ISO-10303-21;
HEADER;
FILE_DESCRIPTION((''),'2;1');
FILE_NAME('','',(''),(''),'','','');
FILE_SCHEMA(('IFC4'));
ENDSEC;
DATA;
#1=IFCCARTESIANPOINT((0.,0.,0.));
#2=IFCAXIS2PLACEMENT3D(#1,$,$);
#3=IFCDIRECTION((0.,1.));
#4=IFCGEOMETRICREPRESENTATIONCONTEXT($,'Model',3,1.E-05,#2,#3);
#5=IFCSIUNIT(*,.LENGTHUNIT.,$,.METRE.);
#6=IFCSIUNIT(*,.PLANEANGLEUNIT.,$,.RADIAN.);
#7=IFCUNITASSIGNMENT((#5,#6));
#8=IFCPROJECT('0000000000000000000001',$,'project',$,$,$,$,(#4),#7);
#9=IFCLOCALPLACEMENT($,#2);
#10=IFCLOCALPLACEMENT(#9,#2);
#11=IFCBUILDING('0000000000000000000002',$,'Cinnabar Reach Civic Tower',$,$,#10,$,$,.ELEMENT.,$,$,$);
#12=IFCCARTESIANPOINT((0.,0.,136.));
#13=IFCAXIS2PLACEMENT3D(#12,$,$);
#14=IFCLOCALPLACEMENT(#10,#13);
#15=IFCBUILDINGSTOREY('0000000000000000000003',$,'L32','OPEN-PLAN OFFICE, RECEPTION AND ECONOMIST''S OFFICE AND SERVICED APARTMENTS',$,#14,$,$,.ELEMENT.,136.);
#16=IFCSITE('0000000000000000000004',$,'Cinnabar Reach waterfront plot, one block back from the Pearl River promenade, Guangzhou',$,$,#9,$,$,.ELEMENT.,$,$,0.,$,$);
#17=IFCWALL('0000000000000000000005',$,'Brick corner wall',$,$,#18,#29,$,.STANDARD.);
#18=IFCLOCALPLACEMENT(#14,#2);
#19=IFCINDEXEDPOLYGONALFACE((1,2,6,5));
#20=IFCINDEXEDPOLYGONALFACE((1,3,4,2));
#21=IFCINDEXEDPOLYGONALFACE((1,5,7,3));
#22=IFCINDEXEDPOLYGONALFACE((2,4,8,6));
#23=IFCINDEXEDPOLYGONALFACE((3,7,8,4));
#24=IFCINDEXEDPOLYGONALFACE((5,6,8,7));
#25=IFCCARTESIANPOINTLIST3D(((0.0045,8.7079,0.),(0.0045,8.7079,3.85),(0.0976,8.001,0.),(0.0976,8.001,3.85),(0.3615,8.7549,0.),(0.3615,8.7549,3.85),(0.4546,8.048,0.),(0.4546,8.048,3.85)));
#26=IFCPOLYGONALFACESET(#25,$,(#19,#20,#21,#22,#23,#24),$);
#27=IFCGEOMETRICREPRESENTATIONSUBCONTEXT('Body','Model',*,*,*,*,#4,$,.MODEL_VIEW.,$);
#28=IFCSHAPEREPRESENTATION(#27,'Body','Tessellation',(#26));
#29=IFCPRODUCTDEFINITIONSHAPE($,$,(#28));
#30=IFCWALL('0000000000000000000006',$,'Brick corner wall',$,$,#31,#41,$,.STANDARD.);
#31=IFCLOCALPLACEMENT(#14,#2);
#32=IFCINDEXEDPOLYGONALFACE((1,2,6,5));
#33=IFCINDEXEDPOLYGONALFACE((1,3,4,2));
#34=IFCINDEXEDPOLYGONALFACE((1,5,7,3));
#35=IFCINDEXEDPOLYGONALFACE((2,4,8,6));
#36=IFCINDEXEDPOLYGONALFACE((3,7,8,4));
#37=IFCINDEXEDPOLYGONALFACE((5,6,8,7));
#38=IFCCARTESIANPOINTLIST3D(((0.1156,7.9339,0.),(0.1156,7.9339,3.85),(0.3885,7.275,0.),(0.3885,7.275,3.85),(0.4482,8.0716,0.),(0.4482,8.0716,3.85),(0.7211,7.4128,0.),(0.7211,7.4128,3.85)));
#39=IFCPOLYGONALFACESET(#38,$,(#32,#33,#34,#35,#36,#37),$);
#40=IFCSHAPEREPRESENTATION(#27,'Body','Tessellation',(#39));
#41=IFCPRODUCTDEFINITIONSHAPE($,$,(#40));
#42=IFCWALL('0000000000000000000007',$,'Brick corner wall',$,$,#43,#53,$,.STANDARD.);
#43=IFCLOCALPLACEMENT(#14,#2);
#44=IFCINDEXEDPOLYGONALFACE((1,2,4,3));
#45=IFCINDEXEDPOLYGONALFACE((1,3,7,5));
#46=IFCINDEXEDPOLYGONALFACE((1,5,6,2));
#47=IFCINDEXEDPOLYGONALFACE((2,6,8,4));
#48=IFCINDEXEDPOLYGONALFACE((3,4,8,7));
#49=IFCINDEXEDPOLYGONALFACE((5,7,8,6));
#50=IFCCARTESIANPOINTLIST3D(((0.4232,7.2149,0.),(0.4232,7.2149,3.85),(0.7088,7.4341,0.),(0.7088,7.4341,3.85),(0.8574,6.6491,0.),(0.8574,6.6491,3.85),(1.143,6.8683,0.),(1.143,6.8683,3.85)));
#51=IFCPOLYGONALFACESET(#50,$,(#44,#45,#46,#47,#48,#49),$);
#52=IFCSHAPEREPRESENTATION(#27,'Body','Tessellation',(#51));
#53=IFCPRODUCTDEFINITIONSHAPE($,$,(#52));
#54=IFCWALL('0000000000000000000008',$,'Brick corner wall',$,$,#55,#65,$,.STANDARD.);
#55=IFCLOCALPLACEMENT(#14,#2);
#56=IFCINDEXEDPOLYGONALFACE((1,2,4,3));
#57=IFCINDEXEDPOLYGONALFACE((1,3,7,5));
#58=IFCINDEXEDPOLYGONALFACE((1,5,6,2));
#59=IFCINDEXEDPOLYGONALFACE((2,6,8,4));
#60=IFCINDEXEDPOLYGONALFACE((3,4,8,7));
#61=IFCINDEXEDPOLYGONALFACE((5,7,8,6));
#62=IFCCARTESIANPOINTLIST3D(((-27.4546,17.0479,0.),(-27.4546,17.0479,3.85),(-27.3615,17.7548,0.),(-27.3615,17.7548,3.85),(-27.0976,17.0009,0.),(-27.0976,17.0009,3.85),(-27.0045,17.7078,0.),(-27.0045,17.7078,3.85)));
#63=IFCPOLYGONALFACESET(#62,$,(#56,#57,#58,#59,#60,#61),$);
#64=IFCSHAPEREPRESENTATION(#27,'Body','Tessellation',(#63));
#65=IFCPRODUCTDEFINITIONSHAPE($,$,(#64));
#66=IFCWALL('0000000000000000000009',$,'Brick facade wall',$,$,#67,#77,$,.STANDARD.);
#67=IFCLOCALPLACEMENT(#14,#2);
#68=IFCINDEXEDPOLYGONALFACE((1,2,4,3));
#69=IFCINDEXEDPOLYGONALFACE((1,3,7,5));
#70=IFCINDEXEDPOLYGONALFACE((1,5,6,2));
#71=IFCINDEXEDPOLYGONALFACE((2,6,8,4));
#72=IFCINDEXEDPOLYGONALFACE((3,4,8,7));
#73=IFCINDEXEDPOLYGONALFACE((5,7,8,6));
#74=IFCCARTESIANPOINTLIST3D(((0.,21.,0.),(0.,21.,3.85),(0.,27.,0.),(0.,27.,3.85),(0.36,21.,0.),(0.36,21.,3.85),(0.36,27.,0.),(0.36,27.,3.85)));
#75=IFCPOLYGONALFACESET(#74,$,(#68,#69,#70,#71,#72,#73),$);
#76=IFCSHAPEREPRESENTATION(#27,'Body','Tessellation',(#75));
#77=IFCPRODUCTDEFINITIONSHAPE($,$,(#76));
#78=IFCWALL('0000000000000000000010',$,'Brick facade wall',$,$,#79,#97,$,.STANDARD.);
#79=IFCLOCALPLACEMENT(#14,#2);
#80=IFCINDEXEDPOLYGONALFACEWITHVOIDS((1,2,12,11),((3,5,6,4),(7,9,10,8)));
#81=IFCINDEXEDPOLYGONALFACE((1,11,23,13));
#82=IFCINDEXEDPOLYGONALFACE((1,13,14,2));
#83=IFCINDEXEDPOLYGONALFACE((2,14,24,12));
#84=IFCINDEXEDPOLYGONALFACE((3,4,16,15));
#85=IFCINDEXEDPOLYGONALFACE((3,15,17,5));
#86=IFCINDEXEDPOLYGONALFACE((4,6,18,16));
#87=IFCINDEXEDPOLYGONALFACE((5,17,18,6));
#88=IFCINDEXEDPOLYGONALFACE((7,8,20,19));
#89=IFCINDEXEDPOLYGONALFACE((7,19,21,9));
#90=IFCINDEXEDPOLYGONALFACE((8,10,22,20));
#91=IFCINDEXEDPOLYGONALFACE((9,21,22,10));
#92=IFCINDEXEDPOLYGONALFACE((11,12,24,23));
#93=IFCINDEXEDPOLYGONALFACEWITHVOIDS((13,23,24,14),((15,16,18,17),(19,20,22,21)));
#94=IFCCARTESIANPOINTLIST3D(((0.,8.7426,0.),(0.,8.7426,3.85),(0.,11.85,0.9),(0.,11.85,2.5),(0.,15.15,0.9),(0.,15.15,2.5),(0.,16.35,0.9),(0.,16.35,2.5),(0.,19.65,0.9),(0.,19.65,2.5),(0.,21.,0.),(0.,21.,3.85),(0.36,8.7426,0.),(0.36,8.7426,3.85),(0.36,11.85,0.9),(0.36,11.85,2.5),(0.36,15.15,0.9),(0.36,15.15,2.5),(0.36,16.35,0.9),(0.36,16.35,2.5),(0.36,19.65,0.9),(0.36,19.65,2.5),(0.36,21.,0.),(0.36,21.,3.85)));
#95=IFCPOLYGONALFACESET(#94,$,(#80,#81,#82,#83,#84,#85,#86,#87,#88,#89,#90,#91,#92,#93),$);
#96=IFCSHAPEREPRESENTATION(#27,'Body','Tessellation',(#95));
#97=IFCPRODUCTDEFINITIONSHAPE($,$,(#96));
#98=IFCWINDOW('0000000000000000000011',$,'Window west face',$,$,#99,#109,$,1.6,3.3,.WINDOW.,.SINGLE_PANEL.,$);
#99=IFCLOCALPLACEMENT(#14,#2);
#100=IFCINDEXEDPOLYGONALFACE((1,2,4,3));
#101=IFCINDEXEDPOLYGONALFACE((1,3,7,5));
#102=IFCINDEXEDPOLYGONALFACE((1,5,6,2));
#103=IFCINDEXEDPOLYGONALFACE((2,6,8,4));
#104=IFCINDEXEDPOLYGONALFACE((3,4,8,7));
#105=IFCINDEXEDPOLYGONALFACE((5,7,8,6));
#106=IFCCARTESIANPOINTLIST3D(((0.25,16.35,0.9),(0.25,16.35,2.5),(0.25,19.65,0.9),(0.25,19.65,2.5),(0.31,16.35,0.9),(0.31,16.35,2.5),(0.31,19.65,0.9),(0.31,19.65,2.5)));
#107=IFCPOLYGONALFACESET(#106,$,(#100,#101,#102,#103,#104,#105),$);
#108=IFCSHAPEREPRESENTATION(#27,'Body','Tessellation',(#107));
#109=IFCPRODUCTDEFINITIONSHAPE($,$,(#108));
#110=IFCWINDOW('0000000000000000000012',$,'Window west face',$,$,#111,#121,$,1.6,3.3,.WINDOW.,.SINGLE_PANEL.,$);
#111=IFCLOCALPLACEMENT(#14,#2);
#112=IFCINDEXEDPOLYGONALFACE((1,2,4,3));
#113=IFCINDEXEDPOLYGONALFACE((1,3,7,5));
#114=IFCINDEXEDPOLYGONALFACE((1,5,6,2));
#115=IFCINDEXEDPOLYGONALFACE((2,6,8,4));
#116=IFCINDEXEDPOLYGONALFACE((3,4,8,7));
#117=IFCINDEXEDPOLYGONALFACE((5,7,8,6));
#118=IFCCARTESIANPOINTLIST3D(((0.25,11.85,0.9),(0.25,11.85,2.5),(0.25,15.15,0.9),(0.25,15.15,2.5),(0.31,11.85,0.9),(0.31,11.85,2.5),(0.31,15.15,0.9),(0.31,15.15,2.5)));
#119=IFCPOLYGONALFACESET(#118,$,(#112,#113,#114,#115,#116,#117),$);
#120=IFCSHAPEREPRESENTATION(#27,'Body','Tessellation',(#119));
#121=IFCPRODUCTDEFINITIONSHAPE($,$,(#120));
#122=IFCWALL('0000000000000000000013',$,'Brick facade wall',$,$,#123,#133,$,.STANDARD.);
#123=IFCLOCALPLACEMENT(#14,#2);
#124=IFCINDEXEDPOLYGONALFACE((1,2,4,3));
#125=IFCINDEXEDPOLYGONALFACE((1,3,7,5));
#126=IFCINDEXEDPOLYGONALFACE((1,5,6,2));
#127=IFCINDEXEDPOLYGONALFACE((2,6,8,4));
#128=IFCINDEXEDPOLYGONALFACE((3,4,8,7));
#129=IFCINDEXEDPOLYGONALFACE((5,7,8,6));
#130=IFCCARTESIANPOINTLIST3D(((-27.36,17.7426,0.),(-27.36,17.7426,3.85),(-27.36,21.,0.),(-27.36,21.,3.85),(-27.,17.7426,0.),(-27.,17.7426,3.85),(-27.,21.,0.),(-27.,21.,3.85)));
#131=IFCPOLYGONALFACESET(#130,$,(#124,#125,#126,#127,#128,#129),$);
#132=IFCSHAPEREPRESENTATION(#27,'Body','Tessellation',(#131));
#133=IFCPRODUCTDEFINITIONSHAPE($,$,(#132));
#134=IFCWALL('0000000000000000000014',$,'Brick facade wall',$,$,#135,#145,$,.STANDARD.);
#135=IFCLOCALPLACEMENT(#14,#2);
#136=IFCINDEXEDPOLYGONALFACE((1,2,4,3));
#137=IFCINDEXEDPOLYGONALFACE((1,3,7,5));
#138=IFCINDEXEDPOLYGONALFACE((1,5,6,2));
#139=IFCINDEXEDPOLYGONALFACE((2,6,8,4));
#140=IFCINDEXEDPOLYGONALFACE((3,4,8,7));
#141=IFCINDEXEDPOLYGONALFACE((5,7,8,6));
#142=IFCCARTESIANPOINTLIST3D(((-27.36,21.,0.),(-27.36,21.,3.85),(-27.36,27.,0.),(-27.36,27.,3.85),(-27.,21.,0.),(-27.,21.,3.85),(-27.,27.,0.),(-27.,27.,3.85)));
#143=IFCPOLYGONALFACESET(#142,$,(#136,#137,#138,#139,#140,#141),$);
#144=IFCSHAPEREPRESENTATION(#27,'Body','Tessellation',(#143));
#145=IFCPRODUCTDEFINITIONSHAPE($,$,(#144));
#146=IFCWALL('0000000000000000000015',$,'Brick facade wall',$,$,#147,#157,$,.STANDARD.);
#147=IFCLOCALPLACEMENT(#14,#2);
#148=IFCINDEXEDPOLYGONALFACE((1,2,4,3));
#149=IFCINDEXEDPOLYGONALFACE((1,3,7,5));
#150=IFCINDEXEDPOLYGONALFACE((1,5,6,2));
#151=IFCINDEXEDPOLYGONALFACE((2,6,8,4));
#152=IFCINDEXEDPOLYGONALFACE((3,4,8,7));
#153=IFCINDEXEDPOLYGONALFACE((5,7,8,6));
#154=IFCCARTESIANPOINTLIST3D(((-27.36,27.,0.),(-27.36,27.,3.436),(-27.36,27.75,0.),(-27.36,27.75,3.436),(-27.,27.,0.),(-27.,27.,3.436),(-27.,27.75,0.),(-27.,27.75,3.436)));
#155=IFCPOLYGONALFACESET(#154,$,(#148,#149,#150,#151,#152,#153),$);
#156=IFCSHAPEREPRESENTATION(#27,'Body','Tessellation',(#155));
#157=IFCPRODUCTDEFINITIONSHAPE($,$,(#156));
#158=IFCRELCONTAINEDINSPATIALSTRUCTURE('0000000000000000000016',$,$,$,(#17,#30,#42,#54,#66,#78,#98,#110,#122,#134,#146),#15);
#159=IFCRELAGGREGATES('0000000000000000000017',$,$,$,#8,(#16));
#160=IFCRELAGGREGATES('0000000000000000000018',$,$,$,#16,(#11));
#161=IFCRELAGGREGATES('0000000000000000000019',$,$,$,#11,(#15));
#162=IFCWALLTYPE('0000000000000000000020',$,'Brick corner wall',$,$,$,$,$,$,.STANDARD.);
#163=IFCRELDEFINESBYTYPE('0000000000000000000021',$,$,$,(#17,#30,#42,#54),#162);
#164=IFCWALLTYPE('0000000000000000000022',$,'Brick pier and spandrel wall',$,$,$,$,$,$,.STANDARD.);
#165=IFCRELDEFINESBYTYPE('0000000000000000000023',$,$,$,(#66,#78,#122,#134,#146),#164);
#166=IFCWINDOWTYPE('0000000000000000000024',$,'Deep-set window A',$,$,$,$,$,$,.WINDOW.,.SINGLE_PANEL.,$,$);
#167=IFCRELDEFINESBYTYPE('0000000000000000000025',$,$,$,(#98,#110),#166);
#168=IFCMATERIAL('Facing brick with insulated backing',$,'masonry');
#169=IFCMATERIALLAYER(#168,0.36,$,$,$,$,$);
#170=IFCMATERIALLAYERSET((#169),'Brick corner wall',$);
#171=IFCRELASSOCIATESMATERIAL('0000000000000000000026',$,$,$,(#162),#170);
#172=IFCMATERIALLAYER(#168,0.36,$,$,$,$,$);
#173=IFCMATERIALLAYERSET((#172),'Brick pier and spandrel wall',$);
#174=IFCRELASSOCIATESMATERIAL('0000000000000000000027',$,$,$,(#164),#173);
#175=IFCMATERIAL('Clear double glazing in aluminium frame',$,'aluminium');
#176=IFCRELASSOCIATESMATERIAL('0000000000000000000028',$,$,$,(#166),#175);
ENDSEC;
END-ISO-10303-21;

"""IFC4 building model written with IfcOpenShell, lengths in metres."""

from ifc_helpers import new_model, si_unit, direction, frame, frame_2d, origin, place, context, subcontext, project, spatial, rectangle, extrude, material, layer, layer_set, type_object, element, fill, save


model = new_model("IFC4")

# Units and contexts
model_context = context("Model", 3, precision=1e-05, world=origin(), true_north=direction((0.0, 1.0)))
body_context = subcontext(model_context, "Body", "Model", "MODEL_VIEW")
ifc_project = project(units=[si_unit("LENGTHUNIT", "METRE"), si_unit("PLANEANGLEUNIT", "RADIAN")], contexts=[model_context])

# Site, building, storey
site_placement = place(None, origin())
site = spatial("IfcSite", under=ifc_project, at=site_placement, Name="Cinnabar Reach waterfront plot, one block back from the Pearl River promenade, Guangzhou", CompositionType="ELEMENT", RefElevation=0.0)
building_placement = place(site_placement, origin())
building = spatial("IfcBuilding", under=site, at=building_placement, Name="Cinnabar Reach Civic Tower", CompositionType="ELEMENT")
storey_placement = place(building_placement, frame((0.0, 0.0, 136.0)))
storey = spatial("IfcBuildingStorey", under=building, at=storey_placement, Name="L32", Description="OPEN-PLAN OFFICE, RECEPTION AND ECONOMIST'S OFFICE AND SERVICED APARTMENTS", CompositionType="ELEMENT", Elevation=136.0)

# Walls
ifc_material_1 = material(Name="Facing brick with insulated backing", Category="masonry")
ifc_layer_1 = layer(ifc_material_1, 0.36)
ifc_layer_set_1 = layer_set([ifc_layer_1], Name="Brick corner wall")
wall_type_1 = type_object("IfcWallType", Name="Brick corner wall", PredefinedType="STANDARD", material=ifc_layer_set_1)
for number, where, z_axis, x_axis, name in (
    (1, (0.183, 8.7314, 0.0), (0.0, 0.0, 1.0), (0.130556, -0.991441, 0.0), "Brick corner wall"),
    (2, (0.2819, 8.0027, 0.0), (0.0, 0.0, 1.0), (0.382703, -0.923872, 0.0), "Brick corner wall"),
):
    element("IfcWall", number, at=place(storey_placement, frame(where, z_axis=z_axis, x_axis=x_axis)), inside=storey, type_object=wall_type_1, Name=name, PredefinedType="STANDARD", context=body_context, shape_type="SweptSolid", body=[
        extrude(rectangle(XDim=0.7131, YDim=0.36, at=frame_2d((0.3565, 0.0))), origin(), (0.0, 0.0, 1.0), 3.85),
    ])
wall_1_placement = place(storey_placement, frame((0.566, 7.3245, 0.0), z_axis=(0.0, 0.0, 1.0), x_axis=(0.608802, -0.793322, 0.0)))
element("IfcWall", 3, at=wall_1_placement, inside=storey, type_object=wall_type_1, Name="Brick corner wall", PredefinedType="STANDARD", context=body_context, shape_type="SweptSolid", body=[
    extrude(rectangle(XDim=0.7132, YDim=0.36, at=frame_2d((0.3566, 0.0))), origin(), (0.0, 0.0, 1.0), 3.85),
])
wall_2_placement = place(storey_placement, frame((-27.2761, 17.0244, 0.0), z_axis=(0.0, 0.0, 1.0), x_axis=(0.130556, 0.991441, 0.0)))
element("IfcWall", 4, at=wall_2_placement, inside=storey, type_object=wall_type_1, Name="Brick corner wall", PredefinedType="STANDARD", context=body_context, shape_type="SweptSolid", body=[
    extrude(rectangle(XDim=0.7131, YDim=0.36, at=frame_2d((0.3565, 0.0))), origin(), (0.0, 0.0, 1.0), 3.85),
])
ifc_layer_2 = layer(ifc_material_1, 0.36)
ifc_layer_set_2 = layer_set([ifc_layer_2], Name="Brick pier and spandrel wall")
wall_type_2 = type_object("IfcWallType", Name="Brick pier and spandrel wall", PredefinedType="STANDARD", material=ifc_layer_set_2)
wall_3_placement = place(storey_placement, frame((0.18, 27.0, 0.0), z_axis=(0.0, 0.0, 1.0), x_axis=(0.0, -1.0, 0.0)))
element("IfcWall", 5, at=wall_3_placement, inside=storey, type_object=wall_type_2, Name="Brick facade wall", PredefinedType="STANDARD", context=body_context, shape_type="SweptSolid", body=[
    extrude(rectangle(XDim=6.0, YDim=0.36, at=frame_2d((3.0, 0.0))), origin(), (0.0, 0.0, 1.0), 3.85),
])

# Wall, openings, windows
wall_4_placement = place(storey_placement, frame((0.18, 21.0, 0.0), z_axis=(0.0, 0.0, 1.0), x_axis=(0.0, -1.0, 0.0)))
wall_4 = element("IfcWall", 6, at=wall_4_placement, inside=storey, type_object=wall_type_2, Name="Brick facade wall", PredefinedType="STANDARD", context=body_context, shape_type="SweptSolid", body=[
    extrude(rectangle(XDim=12.2574, YDim=0.36, at=frame_2d((6.1287, 0.0))), origin(), (0.0, 0.0, 1.0), 3.85),
])
opening_1_placement = place(wall_4_placement, frame((1.35, 0.0, 0.9)))
opening_1 = element("IfcOpeningElement", 7, at=opening_1_placement, cuts=wall_4, PredefinedType="OPENING", context=body_context, shape_type="SweptSolid", body=[
    extrude(rectangle(XDim=3.3, YDim=1.6, at=frame_2d((1.65, 0.8))), frame((0.0, 0.19, 0.0), z_axis=(0.0, -1.0, 0.0), x_axis=(1.0, 0.0, 0.0)), (0.0, 0.0, 1.0), 0.38),
])
opening_2_placement = place(wall_4_placement, frame((5.85, 0.0, 0.9)))
opening_2 = element("IfcOpeningElement", 8, at=opening_2_placement, cuts=wall_4, PredefinedType="OPENING", context=body_context, shape_type="SweptSolid", body=[
    extrude(rectangle(XDim=3.3, YDim=1.6, at=frame_2d((1.65, 0.8))), frame((0.0, 0.19, 0.0), z_axis=(0.0, -1.0, 0.0), x_axis=(1.0, 0.0, 0.0)), (0.0, 0.0, 1.0), 0.38),
])
ifc_material_2 = material(Name="Clear double glazing in aluminium frame", Category="aluminium")
window_type = type_object("IfcWindowType", Name="Deep-set window A", PartitioningType="SINGLE_PANEL", PredefinedType="WINDOW", material=ifc_material_2)
window_1_placement = place(opening_1_placement, origin())
window_1 = element("IfcWindow", 9, at=window_1_placement, inside=storey, type_object=window_type, Name="Window west face", OverallHeight=1.6, OverallWidth=3.3, PartitioningType="SINGLE_PANEL", PredefinedType="WINDOW", context=body_context, shape_type="SweptSolid", body=[
    extrude(rectangle(XDim=3.3, YDim=1.6, at=frame_2d((1.65, 0.8))), frame((0.0, 0.13, 0.0), z_axis=(0.0, -1.0, 0.0), x_axis=(1.0, 0.0, 0.0)), (0.0, 0.0, 1.0), 0.06),
])
fill(opening_1, window_1)
window_2_placement = place(opening_2_placement, origin())
window_2 = element("IfcWindow", 10, at=window_2_placement, inside=storey, type_object=window_type, Name="Window west face", OverallHeight=1.6, OverallWidth=3.3, PartitioningType="SINGLE_PANEL", PredefinedType="WINDOW", context=body_context, shape_type="SweptSolid", body=[
    extrude(rectangle(XDim=3.3, YDim=1.6, at=frame_2d((1.65, 0.8))), frame((0.0, 0.13, 0.0), z_axis=(0.0, -1.0, 0.0), x_axis=(1.0, 0.0, 0.0)), (0.0, 0.0, 1.0), 0.06),
])
fill(opening_2, window_2)

# Walls
wall_5_placement = place(storey_placement, frame((-27.18, 17.7426, 0.0), z_axis=(0.0, 0.0, 1.0), x_axis=(0.0, 1.0, 0.0)))
element("IfcWall", 11, at=wall_5_placement, inside=storey, type_object=wall_type_2, Name="Brick facade wall", PredefinedType="STANDARD", context=body_context, shape_type="SweptSolid", body=[
    extrude(rectangle(XDim=3.2574, YDim=0.36, at=frame_2d((1.6287, 0.0))), origin(), (0.0, 0.0, 1.0), 3.85),
])
wall_6_placement = place(storey_placement, frame((-27.18, 21.0, 0.0), z_axis=(0.0, 0.0, 1.0), x_axis=(0.0, 1.0, 0.0)))
element("IfcWall", 12, at=wall_6_placement, inside=storey, type_object=wall_type_2, Name="Brick facade wall", PredefinedType="STANDARD", context=body_context, shape_type="SweptSolid", body=[
    extrude(rectangle(XDim=6.0, YDim=0.36, at=frame_2d((3.0, 0.0))), origin(), (0.0, 0.0, 1.0), 3.85),
])
wall_7_placement = place(storey_placement, frame((-27.18, 27.0, 0.0), z_axis=(0.0, 0.0, 1.0), x_axis=(0.0, 1.0, 0.0)))
element("IfcWall", 13, at=wall_7_placement, inside=storey, type_object=wall_type_2, Name="Brick facade wall", PredefinedType="STANDARD", context=body_context, shape_type="SweptSolid", body=[
    extrude(rectangle(XDim=0.75, YDim=0.36, at=frame_2d((0.375, 0.0))), origin(), (0.0, 0.0, 1.0), 3.436),
])

save(model, "model.ifc")
